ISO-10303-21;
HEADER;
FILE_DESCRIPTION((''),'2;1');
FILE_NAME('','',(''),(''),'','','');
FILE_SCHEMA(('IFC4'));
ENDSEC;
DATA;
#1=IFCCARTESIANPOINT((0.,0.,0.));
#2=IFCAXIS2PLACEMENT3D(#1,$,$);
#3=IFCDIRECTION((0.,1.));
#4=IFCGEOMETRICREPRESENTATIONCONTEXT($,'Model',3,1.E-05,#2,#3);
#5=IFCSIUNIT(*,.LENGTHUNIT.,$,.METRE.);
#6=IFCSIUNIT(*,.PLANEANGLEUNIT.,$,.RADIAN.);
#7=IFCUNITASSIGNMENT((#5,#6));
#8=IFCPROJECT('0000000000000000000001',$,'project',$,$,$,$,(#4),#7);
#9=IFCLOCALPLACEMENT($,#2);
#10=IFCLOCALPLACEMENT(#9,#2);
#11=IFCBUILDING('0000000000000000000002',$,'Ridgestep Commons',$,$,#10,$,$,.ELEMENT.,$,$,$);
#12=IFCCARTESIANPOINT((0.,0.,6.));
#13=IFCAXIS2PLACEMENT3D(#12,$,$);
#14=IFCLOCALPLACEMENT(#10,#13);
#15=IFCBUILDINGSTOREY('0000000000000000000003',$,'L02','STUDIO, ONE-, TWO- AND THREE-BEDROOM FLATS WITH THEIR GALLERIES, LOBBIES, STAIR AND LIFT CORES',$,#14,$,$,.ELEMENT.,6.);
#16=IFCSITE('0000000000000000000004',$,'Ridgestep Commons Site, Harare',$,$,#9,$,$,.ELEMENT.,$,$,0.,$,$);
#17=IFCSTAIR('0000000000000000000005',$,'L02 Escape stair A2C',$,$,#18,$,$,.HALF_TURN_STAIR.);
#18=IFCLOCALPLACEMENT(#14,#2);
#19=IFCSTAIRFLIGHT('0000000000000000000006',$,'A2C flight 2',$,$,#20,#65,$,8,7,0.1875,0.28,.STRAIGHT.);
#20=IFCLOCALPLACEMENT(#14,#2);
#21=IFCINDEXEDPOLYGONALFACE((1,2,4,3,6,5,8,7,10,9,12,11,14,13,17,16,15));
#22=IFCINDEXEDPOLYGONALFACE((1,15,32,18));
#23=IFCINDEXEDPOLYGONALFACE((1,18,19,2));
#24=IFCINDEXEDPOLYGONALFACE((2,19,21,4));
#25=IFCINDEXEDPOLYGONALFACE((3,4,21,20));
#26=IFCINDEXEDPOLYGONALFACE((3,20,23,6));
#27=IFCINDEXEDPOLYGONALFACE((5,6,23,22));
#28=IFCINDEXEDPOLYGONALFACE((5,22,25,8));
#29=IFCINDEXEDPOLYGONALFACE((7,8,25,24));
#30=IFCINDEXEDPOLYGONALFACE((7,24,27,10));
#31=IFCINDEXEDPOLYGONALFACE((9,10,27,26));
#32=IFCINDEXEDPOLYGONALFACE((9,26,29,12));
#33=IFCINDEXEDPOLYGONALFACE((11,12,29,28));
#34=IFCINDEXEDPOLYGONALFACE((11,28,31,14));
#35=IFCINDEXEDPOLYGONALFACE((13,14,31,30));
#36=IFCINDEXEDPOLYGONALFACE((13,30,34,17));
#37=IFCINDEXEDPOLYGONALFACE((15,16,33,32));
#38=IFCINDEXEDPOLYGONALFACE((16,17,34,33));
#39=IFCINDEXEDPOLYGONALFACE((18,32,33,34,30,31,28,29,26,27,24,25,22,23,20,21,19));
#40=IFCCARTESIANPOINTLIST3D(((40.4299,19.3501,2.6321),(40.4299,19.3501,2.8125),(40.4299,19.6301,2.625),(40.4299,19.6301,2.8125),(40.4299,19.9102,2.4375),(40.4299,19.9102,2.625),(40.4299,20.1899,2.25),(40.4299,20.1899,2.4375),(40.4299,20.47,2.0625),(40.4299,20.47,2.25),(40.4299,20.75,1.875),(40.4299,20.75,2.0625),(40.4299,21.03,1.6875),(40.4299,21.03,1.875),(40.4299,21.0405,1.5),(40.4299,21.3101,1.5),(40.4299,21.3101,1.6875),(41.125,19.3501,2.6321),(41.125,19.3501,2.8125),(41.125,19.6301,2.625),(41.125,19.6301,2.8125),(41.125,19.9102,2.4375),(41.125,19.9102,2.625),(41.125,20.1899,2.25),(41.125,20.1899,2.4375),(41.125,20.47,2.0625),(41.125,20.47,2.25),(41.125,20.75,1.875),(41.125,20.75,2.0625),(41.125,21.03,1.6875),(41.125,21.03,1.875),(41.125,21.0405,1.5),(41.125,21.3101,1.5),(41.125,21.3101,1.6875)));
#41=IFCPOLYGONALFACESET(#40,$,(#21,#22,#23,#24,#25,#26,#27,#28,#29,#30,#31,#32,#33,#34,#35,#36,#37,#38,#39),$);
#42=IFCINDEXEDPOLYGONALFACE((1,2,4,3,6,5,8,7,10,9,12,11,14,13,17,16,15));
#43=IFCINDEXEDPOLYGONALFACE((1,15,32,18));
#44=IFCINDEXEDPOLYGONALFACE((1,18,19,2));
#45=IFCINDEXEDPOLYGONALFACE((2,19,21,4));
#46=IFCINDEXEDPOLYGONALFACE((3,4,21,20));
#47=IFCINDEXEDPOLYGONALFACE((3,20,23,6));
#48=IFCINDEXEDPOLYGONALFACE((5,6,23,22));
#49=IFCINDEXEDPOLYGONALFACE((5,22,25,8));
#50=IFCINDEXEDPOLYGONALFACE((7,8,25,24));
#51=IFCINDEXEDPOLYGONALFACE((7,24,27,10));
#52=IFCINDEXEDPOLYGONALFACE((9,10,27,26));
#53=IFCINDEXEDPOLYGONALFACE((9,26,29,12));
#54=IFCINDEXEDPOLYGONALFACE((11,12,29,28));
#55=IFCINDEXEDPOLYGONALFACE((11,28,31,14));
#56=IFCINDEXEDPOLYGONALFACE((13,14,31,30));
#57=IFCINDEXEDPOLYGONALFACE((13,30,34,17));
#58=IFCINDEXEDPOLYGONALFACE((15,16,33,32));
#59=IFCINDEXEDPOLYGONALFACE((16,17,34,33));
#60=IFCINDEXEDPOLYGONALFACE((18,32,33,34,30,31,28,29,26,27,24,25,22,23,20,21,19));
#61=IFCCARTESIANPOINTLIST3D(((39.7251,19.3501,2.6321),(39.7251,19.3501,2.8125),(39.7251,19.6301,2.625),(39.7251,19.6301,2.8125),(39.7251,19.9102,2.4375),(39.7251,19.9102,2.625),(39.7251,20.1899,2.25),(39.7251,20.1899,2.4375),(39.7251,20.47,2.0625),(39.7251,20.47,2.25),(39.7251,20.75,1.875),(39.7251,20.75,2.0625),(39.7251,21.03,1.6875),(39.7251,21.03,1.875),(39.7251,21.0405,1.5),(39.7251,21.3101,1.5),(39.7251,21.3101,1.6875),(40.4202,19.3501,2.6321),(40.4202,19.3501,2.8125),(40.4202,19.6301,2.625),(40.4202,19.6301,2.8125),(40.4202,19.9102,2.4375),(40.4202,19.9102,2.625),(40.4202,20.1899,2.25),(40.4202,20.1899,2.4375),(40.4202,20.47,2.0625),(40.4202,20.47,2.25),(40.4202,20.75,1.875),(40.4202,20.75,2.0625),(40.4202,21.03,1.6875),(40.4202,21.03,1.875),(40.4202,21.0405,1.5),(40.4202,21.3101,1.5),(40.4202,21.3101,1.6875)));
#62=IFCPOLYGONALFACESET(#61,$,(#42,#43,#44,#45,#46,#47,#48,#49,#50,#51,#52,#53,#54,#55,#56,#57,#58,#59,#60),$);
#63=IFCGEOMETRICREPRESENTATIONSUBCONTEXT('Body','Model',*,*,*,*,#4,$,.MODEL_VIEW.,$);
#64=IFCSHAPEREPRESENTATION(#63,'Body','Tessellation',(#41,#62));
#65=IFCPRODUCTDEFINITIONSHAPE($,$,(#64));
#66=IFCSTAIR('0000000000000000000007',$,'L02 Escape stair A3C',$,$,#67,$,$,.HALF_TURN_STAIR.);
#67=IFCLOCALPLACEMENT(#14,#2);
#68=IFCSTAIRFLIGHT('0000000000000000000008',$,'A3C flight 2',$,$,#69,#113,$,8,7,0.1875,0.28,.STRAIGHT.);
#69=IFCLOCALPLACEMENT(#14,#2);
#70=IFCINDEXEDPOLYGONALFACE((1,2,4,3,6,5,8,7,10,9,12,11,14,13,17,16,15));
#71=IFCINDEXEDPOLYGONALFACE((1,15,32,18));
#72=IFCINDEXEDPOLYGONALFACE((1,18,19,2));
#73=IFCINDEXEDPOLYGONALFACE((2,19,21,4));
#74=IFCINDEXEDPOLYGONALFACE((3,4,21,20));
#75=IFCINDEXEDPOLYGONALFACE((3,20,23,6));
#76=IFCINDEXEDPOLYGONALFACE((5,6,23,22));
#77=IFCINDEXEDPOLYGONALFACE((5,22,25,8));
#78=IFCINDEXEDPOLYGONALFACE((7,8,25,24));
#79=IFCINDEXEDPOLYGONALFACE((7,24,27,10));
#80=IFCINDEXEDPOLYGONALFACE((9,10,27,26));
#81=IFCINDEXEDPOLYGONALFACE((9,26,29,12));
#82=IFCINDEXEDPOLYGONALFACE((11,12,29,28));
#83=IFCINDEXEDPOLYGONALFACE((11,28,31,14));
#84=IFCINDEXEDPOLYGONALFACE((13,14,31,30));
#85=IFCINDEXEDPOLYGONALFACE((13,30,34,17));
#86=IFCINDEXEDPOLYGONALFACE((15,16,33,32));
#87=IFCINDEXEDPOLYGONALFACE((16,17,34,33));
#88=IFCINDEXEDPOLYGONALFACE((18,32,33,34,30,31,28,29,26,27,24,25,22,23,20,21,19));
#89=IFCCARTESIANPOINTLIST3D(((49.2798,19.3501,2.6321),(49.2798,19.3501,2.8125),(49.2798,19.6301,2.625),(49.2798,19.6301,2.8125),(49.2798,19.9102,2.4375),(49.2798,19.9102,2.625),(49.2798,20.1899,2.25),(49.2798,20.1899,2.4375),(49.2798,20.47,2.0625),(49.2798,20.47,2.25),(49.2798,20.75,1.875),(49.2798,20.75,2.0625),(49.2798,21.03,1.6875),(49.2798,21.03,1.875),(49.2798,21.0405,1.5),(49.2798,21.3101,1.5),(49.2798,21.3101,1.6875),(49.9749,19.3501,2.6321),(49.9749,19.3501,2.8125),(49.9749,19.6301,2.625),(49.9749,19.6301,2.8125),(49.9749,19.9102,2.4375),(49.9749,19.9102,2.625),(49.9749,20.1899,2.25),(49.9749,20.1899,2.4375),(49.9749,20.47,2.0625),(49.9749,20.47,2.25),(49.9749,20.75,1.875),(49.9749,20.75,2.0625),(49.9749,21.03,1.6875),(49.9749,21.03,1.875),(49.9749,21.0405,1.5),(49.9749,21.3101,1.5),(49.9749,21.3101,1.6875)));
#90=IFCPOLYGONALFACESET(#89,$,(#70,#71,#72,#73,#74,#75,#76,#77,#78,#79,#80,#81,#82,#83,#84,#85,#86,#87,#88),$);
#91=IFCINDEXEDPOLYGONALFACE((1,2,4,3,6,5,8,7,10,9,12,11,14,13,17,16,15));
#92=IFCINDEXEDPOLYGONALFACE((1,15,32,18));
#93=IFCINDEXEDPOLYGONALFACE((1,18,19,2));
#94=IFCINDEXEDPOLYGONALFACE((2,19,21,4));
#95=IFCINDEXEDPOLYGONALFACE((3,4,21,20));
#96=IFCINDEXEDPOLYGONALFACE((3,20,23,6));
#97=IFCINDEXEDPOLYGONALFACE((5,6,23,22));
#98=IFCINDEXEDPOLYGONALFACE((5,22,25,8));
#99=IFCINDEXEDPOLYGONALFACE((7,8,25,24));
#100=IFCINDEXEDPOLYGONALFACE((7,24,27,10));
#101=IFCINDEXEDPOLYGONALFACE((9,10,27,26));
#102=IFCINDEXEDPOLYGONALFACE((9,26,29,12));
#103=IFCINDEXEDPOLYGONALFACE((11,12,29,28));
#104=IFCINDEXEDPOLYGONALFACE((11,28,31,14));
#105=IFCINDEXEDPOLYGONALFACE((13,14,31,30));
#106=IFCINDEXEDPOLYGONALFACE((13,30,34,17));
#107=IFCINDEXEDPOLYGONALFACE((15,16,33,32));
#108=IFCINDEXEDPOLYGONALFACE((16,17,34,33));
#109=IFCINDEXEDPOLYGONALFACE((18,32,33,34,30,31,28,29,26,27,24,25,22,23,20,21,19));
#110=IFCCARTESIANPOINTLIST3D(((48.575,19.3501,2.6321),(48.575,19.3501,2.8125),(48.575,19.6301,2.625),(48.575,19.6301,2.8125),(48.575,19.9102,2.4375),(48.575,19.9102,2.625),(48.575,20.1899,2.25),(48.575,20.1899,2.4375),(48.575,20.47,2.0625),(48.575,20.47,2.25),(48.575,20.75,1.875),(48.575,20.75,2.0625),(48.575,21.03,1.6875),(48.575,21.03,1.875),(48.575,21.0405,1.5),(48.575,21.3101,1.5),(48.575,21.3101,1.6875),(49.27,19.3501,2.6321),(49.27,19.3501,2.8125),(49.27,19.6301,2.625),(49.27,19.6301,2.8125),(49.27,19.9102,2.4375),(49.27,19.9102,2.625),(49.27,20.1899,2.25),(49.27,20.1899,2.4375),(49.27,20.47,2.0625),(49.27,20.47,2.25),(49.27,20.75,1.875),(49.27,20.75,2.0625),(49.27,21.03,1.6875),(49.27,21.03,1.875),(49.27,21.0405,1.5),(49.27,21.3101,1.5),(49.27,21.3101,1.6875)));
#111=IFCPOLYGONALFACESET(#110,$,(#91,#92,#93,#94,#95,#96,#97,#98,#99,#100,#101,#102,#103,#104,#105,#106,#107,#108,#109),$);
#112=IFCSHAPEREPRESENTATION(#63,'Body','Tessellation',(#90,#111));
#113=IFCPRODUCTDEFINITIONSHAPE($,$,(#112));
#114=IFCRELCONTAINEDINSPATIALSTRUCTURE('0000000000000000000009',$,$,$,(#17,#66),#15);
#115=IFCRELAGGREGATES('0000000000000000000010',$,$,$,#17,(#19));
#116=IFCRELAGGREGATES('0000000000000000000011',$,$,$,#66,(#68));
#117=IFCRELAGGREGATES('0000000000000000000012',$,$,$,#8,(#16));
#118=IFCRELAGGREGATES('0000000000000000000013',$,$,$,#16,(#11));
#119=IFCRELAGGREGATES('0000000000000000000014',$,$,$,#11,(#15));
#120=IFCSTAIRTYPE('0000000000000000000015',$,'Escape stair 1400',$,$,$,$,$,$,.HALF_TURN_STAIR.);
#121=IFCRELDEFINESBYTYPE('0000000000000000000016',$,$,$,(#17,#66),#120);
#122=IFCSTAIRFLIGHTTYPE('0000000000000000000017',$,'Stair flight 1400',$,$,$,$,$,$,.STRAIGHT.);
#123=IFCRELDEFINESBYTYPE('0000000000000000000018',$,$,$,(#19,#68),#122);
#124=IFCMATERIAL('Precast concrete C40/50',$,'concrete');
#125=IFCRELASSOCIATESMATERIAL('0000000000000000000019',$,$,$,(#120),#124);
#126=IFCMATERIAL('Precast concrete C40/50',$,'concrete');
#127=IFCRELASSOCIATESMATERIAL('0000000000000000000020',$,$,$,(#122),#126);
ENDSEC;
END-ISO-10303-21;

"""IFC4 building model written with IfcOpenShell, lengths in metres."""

from ifc_helpers import new_model, si_unit, direction, frame, origin, place, context, subcontext, project, spatial, polyline, outline, extrude, material, type_object, element, aggregate, save


model = new_model("IFC4")

# Units and contexts
model_context = context("Model", 3, precision=1e-05, world=origin(), true_north=direction((0.0, 1.0)))
body_context = subcontext(model_context, "Body", "Model", "MODEL_VIEW")
ifc_project = project(units=[si_unit("LENGTHUNIT", "METRE"), si_unit("PLANEANGLEUNIT", "RADIAN")], contexts=[model_context])

# Site, building, storey
site_placement = place(None, origin())
site = spatial("IfcSite", under=ifc_project, at=site_placement, Name="Ridgestep Commons Site, Harare", CompositionType="ELEMENT", RefElevation=0.0)
building_placement = place(site_placement, origin())
building = spatial("IfcBuilding", under=site, at=building_placement, Name="Ridgestep Commons", CompositionType="ELEMENT")
storey_placement = place(building_placement, frame((0.0, 0.0, 6.0)))
storey = spatial("IfcBuildingStorey", under=building, at=storey_placement, Name="L02", Description="STUDIO, ONE-, TWO- AND THREE-BEDROOM FLATS WITH THEIR GALLERIES, LOBBIES, STAIR AND LIFT CORES", CompositionType="ELEMENT", Elevation=6.0)

# Stair, stair flight
ifc_material_1 = material(Name="Precast concrete C40/50", Category="concrete")
stair_type = type_object("IfcStairType", Name="Escape stair 1400", PredefinedType="HALF_TURN_STAIR", material=ifc_material_1)
stair_1_placement = place(storey_placement, origin())
stair_1 = element("IfcStair", 1, at=stair_1_placement, inside=storey, type_object=stair_type, Name="L02 Escape stair A2C", PredefinedType="HALF_TURN_STAIR")
ifc_material_2 = material(Name="Precast concrete C40/50", Category="concrete")
stair_flight_type = type_object("IfcStairFlightType", Name="Stair flight 1400", PredefinedType="STRAIGHT", material=ifc_material_2)
stair_flight_1_placement = place(storey_placement, frame((40.425, 21.3101, 1.5), z_axis=(0.0, 0.0, 1.0), x_axis=(0.0, -1.0, 0.0)))
stair_flight_1 = element("IfcStairFlight", 2, at=stair_flight_1_placement, type_object=stair_flight_type, Name="A2C flight 2", NumberOfRisers=8, NumberOfTreads=7, PredefinedType="STRAIGHT", RiserHeight=0.1875, TreadLength=0.28, context=body_context, shape_type="SweptSolid", body=[
    extrude(outline(polyline([(0.0, 0.0), (0.0, 0.1875), (0.28, 0.1875), (0.28, 0.375), (0.5601, 0.375), (0.5601, 0.5625), (0.8401, 0.5625), (0.8401, 0.75), (1.1201, 0.75), (1.1201, 0.9375), (1.3999, 0.9375), (1.3999, 1.125), (1.6799, 1.125), (1.6799, 1.3125), (1.96, 1.3125), (1.96, 1.5), (1.96, 1.1321), (0.2695, 0.0), (0.0, 0.0)])), frame((0.0, 0.7, 0.0), z_axis=(0.0, -1.0, 0.0), x_axis=(1.0, 0.0, 0.0)), (0.0, 0.0, 1.0), 0.6951),
    extrude(outline(polyline([(0.0, 0.0), (0.0, 0.1875), (0.28, 0.1875), (0.28, 0.375), (0.5601, 0.375), (0.5601, 0.5625), (0.8401, 0.5625), (0.8401, 0.75), (1.1201, 0.75), (1.1201, 0.9375), (1.3999, 0.9375), (1.3999, 1.125), (1.6799, 1.125), (1.6799, 1.3125), (1.96, 1.3125), (1.96, 1.5), (1.96, 1.1321), (0.2695, 0.0), (0.0, 0.0)])), frame((0.0, -0.0049, 0.0), z_axis=(0.0, -1.0, 0.0), x_axis=(1.0, 0.0, 0.0)), (0.0, 0.0, 1.0), 0.6951),
])
aggregate(stair_1, [stair_flight_1])

# Stair, stair flight
stair_2_placement = place(storey_placement, origin())
stair_2 = element("IfcStair", 3, at=stair_2_placement, inside=storey, type_object=stair_type, Name="L02 Escape stair A3C", PredefinedType="HALF_TURN_STAIR")
stair_flight_2_placement = place(storey_placement, frame((49.2749, 21.3101, 1.5), z_axis=(0.0, 0.0, 1.0), x_axis=(0.0, -1.0, 0.0)))
stair_flight_2 = element("IfcStairFlight", 4, at=stair_flight_2_placement, type_object=stair_flight_type, Name="A3C flight 2", NumberOfRisers=8, NumberOfTreads=7, PredefinedType="STRAIGHT", RiserHeight=0.1875, TreadLength=0.28, context=body_context, shape_type="SweptSolid", body=[
    extrude(outline(polyline([(0.0, 0.0), (0.0, 0.1875), (0.28, 0.1875), (0.28, 0.375), (0.5601, 0.375), (0.5601, 0.5625), (0.8401, 0.5625), (0.8401, 0.75), (1.1201, 0.75), (1.1201, 0.9375), (1.3999, 0.9375), (1.3999, 1.125), (1.6799, 1.125), (1.6799, 1.3125), (1.96, 1.3125), (1.96, 1.5), (1.96, 1.1321), (0.2695, 0.0), (0.0, 0.0)])), frame((0.0, 0.7, 0.0), z_axis=(0.0, -1.0, 0.0), x_axis=(1.0, 0.0, 0.0)), (0.0, 0.0, 1.0), 0.6951),
    extrude(outline(polyline([(0.0, 0.0), (0.0, 0.1875), (0.28, 0.1875), (0.28, 0.375), (0.5601, 0.375), (0.5601, 0.5625), (0.8401, 0.5625), (0.8401, 0.75), (1.1201, 0.75), (1.1201, 0.9375), (1.3999, 0.9375), (1.3999, 1.125), (1.6799, 1.125), (1.6799, 1.3125), (1.96, 1.3125), (1.96, 1.5), (1.96, 1.1321), (0.2695, 0.0), (0.0, 0.0)])), frame((0.0, -0.0049, 0.0), z_axis=(0.0, -1.0, 0.0), x_axis=(1.0, 0.0, 0.0)), (0.0, 0.0, 1.0), 0.6951),
])
aggregate(stair_2, [stair_flight_2])

save(model, "model.ifc")
